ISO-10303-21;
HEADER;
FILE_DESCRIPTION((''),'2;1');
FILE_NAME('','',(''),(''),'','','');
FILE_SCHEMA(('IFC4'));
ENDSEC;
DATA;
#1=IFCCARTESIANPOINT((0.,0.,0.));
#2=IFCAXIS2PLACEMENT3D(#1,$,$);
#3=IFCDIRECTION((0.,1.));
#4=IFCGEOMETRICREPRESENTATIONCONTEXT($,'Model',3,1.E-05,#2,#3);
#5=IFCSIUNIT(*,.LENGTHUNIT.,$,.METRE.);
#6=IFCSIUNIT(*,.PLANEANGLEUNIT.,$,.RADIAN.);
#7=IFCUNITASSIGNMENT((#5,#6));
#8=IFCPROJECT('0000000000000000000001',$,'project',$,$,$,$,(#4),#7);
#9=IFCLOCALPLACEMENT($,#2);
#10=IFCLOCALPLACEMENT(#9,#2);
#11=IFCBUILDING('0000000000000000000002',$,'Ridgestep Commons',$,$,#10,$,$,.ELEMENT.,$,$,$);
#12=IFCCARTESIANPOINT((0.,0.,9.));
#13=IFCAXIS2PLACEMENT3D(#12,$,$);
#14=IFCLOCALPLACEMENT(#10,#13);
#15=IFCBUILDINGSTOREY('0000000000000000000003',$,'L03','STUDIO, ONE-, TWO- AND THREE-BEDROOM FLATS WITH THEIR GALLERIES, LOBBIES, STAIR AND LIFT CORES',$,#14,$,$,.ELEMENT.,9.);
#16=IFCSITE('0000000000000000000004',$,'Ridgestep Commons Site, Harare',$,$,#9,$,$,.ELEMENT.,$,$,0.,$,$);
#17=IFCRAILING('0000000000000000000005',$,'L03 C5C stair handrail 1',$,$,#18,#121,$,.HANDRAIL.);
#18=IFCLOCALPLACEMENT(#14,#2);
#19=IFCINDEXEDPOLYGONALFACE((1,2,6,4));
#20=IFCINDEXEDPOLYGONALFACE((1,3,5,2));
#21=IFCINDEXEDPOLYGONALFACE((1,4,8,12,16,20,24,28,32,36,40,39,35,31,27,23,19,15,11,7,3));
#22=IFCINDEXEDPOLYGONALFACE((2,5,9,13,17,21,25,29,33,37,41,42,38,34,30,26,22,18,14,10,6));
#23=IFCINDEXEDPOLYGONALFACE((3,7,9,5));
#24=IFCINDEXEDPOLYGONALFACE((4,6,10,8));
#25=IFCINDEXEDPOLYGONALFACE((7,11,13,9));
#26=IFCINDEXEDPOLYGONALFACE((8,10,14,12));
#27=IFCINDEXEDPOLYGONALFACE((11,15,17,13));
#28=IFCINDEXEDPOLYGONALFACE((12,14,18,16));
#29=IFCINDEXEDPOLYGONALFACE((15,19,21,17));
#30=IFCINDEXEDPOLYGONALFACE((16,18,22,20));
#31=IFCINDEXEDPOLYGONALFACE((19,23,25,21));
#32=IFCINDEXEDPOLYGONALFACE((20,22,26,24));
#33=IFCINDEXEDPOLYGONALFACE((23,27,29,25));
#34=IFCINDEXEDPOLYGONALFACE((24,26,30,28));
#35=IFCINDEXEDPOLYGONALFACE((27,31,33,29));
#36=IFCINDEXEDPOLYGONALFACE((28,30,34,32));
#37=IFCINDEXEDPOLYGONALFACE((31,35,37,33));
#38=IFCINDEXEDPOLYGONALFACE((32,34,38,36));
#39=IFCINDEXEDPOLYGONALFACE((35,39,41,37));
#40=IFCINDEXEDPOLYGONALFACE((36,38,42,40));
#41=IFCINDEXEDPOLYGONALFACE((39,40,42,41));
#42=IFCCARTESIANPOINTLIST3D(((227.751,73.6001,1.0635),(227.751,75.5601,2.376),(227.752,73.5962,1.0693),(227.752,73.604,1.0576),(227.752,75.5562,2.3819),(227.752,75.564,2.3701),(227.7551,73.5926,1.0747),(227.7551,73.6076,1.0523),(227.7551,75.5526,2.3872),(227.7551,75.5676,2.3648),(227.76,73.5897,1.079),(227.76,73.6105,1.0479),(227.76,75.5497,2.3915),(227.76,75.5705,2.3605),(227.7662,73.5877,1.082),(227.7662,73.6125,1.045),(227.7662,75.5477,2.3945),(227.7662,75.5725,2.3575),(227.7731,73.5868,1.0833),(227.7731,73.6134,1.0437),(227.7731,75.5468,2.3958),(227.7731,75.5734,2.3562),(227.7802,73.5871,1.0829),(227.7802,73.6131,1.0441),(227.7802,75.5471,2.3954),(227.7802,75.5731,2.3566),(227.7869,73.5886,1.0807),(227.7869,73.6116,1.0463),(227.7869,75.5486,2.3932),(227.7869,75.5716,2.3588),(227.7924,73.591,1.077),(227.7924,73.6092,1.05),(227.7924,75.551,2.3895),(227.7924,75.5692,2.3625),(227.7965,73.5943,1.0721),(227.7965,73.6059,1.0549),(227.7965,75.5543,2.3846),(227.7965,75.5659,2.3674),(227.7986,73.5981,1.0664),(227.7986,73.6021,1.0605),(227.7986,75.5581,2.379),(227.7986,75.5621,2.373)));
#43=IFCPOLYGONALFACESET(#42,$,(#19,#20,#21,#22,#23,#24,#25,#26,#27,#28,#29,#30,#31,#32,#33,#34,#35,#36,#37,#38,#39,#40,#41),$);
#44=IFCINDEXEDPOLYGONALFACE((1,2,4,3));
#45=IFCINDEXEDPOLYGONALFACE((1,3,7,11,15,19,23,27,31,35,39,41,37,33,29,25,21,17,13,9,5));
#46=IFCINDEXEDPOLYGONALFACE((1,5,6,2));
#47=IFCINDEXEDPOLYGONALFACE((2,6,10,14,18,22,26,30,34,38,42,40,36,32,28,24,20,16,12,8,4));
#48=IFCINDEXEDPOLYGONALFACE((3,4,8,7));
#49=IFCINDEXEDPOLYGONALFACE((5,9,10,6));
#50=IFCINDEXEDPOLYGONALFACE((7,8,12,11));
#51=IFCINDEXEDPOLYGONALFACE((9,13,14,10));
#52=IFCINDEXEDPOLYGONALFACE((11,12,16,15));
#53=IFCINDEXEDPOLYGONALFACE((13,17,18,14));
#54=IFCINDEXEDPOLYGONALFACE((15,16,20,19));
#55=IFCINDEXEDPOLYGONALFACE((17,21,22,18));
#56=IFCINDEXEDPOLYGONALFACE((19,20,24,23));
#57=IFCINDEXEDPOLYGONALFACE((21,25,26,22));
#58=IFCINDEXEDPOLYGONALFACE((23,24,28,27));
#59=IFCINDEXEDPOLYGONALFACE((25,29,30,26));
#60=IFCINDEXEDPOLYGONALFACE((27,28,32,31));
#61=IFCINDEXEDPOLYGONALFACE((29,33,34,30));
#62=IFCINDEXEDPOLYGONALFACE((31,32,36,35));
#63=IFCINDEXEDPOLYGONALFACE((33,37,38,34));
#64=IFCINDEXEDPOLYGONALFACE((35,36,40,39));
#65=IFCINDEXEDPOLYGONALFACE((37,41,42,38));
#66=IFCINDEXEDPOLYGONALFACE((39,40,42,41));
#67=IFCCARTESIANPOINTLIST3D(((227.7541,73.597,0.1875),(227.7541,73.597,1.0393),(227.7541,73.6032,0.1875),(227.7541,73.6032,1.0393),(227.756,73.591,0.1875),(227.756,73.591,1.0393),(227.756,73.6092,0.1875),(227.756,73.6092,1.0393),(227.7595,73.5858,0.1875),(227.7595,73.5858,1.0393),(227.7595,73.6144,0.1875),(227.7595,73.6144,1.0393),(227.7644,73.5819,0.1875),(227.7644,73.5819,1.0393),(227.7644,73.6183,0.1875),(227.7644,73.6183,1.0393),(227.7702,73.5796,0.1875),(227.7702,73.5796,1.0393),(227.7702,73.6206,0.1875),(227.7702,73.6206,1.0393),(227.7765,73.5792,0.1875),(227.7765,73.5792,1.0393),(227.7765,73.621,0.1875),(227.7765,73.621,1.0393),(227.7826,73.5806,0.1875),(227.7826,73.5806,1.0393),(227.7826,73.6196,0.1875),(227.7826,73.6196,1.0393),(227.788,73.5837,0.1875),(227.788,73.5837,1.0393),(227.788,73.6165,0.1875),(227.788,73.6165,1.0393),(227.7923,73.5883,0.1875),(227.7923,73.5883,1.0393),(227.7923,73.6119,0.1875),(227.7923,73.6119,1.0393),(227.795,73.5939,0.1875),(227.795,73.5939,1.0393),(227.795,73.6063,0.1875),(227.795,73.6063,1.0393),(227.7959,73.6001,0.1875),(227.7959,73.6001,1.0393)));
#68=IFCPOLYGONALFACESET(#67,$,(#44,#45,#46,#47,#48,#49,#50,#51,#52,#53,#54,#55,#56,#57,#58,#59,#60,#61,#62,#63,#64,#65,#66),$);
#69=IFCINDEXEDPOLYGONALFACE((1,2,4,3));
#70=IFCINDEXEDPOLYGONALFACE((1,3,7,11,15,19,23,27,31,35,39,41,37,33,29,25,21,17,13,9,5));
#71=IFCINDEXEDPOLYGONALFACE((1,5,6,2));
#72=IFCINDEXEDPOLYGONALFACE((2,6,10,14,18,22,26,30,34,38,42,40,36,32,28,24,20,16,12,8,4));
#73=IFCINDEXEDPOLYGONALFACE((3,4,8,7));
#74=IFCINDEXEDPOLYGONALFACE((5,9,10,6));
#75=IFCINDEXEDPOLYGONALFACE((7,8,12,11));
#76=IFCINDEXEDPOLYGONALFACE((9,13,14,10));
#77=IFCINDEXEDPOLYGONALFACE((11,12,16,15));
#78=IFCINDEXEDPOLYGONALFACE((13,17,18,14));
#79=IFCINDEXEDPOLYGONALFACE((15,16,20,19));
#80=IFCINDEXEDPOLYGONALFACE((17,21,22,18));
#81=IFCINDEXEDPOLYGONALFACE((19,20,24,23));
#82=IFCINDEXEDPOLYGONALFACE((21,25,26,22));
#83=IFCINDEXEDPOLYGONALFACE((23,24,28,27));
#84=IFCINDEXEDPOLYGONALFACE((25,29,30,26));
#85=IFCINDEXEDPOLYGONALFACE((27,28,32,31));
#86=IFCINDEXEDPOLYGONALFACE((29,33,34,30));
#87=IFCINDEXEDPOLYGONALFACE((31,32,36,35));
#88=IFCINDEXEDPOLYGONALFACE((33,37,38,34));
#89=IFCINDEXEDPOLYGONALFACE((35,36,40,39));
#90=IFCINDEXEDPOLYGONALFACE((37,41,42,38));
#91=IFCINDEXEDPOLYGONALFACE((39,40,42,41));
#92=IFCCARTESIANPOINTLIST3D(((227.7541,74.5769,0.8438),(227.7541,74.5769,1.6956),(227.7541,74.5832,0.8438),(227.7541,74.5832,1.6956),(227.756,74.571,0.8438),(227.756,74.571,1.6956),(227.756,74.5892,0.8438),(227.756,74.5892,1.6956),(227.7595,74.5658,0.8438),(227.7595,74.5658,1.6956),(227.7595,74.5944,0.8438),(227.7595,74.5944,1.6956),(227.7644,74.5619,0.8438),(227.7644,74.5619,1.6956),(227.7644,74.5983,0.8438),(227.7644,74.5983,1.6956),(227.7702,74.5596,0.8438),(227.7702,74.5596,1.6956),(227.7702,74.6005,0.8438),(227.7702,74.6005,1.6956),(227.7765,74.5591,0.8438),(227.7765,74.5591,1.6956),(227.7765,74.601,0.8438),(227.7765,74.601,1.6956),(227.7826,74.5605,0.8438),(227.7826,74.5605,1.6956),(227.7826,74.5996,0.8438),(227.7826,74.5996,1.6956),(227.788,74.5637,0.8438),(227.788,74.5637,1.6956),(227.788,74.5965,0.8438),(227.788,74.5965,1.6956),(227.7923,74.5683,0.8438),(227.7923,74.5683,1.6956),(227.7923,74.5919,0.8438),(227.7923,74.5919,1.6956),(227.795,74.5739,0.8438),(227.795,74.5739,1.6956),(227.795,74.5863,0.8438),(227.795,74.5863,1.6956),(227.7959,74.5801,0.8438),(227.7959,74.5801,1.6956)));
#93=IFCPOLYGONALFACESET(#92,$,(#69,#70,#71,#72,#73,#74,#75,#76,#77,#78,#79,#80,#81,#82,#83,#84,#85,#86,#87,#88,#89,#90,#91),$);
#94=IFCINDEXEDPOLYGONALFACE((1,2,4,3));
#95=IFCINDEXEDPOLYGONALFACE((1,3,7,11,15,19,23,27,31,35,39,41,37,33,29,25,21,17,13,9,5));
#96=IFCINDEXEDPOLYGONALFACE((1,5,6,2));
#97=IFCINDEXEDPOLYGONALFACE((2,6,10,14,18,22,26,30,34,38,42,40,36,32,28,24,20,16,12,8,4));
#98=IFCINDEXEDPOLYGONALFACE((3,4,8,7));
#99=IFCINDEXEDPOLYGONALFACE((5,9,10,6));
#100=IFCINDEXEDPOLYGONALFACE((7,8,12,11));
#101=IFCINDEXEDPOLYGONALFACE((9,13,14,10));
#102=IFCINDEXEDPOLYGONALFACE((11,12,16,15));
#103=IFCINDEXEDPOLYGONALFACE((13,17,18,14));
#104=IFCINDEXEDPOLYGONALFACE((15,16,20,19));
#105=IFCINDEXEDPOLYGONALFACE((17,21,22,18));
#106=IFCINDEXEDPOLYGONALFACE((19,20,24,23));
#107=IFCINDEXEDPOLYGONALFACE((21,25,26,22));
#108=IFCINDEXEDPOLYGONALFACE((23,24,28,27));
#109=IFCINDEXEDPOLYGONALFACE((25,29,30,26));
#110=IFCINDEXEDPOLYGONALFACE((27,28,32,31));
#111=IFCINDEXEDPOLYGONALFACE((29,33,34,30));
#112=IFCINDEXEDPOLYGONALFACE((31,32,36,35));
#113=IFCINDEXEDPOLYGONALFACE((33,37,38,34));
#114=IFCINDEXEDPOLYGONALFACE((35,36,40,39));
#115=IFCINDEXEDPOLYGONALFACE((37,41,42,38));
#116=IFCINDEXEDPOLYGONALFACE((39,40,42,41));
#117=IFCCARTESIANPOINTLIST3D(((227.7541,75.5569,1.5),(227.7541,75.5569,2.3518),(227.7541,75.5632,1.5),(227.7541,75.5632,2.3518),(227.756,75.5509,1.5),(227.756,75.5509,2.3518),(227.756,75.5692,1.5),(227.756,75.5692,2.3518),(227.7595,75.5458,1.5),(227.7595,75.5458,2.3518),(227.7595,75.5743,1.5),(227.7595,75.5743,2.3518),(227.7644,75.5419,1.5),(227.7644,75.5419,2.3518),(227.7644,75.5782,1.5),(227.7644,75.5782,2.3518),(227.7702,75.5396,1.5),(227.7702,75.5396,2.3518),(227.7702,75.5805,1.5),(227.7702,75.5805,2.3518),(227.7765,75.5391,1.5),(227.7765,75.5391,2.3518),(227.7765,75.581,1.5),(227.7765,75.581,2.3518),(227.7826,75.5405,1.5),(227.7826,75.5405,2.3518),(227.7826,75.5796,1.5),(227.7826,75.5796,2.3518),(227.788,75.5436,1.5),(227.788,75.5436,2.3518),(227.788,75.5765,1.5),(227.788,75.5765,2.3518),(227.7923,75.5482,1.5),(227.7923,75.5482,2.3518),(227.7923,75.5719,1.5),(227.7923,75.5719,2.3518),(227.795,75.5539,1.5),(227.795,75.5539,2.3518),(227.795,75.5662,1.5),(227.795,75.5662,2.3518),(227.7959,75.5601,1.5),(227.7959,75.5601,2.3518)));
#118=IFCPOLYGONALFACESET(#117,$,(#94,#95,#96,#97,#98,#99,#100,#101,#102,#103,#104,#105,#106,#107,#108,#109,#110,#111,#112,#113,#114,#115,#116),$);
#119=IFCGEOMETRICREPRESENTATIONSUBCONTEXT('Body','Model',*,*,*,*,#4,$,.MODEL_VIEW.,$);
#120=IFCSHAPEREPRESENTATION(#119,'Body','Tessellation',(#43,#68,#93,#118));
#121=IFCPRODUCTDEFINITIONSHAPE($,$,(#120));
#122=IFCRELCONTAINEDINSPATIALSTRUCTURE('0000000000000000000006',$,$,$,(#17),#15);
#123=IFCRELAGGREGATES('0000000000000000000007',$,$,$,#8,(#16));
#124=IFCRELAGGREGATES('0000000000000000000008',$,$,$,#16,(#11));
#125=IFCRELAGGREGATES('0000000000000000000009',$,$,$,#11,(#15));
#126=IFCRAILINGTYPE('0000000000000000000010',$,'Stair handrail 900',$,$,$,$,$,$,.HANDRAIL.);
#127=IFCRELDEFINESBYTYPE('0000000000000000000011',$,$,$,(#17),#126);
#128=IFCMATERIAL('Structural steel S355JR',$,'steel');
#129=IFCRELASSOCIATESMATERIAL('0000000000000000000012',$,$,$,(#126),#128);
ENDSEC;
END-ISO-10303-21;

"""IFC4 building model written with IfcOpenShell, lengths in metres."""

from ifc_helpers import new_model, si_unit, direction, frame, origin, origin_2d, place, context, subcontext, project, spatial, circle, extrude, material, type_object, element, save


model = new_model("IFC4")

# Units and contexts
model_context = context("Model", 3, precision=1e-05, world=origin(), true_north=direction((0.0, 1.0)))
body_context = subcontext(model_context, "Body", "Model", "MODEL_VIEW")
ifc_project = project(units=[si_unit("LENGTHUNIT", "METRE"), si_unit("PLANEANGLEUNIT", "RADIAN")], contexts=[model_context])

# Site, building, storey
site_placement = place(None, origin())
site = spatial("IfcSite", under=ifc_project, at=site_placement, Name="Ridgestep Commons Site, Harare", CompositionType="ELEMENT", RefElevation=0.0)
building_placement = place(site_placement, origin())
building = spatial("IfcBuilding", under=site, at=building_placement, Name="Ridgestep Commons", CompositionType="ELEMENT")
storey_placement = place(building_placement, frame((0.0, 0.0, 9.0)))
storey = spatial("IfcBuildingStorey", under=building, at=storey_placement, Name="L03", Description="STUDIO, ONE-, TWO- AND THREE-BEDROOM FLATS WITH THEIR GALLERIES, LOBBIES, STAIR AND LIFT CORES", CompositionType="ELEMENT", Elevation=9.0)

# Railing
ifc_material_1 = material(Name="Structural steel S355JR", Category="steel")
railing_type_1 = type_object("IfcRailingType", Name="Stair handrail 900", PredefinedType="HANDRAIL", material=ifc_material_1)
railing_1_placement = place(storey_placement, frame((227.7749, 73.6001, 0.1875)))
element("IfcRailing", 1, at=railing_1_placement, inside=storey, type_object=railing_type_1, Name="L03 C5C stair handrail 1", PredefinedType="HANDRAIL", context=body_context, shape_type="SweptSolid", body=[
    extrude(circle(Radius=0.0239, at=origin_2d()), frame((0.0, 0.0, 0.876), z_axis=(0.0, 0.830902, 0.556419), x_axis=(-1.0, 0.0, 0.0)), (0.0, 0.0, 1.0), 2.3589),
    extrude(circle(Radius=0.021, at=origin_2d()), origin(), (0.0, 0.0, 1.0), 0.8518),
    extrude(circle(Radius=0.021, at=origin_2d()), frame((0.0, 0.98, 0.6562)), (0.0, 0.0, 1.0), 0.8518),
    extrude(circle(Radius=0.021, at=origin_2d()), frame((0.0, 1.96, 1.3125)), (0.0, 0.0, 1.0), 0.8518),
])

save(model, "model.ifc")
